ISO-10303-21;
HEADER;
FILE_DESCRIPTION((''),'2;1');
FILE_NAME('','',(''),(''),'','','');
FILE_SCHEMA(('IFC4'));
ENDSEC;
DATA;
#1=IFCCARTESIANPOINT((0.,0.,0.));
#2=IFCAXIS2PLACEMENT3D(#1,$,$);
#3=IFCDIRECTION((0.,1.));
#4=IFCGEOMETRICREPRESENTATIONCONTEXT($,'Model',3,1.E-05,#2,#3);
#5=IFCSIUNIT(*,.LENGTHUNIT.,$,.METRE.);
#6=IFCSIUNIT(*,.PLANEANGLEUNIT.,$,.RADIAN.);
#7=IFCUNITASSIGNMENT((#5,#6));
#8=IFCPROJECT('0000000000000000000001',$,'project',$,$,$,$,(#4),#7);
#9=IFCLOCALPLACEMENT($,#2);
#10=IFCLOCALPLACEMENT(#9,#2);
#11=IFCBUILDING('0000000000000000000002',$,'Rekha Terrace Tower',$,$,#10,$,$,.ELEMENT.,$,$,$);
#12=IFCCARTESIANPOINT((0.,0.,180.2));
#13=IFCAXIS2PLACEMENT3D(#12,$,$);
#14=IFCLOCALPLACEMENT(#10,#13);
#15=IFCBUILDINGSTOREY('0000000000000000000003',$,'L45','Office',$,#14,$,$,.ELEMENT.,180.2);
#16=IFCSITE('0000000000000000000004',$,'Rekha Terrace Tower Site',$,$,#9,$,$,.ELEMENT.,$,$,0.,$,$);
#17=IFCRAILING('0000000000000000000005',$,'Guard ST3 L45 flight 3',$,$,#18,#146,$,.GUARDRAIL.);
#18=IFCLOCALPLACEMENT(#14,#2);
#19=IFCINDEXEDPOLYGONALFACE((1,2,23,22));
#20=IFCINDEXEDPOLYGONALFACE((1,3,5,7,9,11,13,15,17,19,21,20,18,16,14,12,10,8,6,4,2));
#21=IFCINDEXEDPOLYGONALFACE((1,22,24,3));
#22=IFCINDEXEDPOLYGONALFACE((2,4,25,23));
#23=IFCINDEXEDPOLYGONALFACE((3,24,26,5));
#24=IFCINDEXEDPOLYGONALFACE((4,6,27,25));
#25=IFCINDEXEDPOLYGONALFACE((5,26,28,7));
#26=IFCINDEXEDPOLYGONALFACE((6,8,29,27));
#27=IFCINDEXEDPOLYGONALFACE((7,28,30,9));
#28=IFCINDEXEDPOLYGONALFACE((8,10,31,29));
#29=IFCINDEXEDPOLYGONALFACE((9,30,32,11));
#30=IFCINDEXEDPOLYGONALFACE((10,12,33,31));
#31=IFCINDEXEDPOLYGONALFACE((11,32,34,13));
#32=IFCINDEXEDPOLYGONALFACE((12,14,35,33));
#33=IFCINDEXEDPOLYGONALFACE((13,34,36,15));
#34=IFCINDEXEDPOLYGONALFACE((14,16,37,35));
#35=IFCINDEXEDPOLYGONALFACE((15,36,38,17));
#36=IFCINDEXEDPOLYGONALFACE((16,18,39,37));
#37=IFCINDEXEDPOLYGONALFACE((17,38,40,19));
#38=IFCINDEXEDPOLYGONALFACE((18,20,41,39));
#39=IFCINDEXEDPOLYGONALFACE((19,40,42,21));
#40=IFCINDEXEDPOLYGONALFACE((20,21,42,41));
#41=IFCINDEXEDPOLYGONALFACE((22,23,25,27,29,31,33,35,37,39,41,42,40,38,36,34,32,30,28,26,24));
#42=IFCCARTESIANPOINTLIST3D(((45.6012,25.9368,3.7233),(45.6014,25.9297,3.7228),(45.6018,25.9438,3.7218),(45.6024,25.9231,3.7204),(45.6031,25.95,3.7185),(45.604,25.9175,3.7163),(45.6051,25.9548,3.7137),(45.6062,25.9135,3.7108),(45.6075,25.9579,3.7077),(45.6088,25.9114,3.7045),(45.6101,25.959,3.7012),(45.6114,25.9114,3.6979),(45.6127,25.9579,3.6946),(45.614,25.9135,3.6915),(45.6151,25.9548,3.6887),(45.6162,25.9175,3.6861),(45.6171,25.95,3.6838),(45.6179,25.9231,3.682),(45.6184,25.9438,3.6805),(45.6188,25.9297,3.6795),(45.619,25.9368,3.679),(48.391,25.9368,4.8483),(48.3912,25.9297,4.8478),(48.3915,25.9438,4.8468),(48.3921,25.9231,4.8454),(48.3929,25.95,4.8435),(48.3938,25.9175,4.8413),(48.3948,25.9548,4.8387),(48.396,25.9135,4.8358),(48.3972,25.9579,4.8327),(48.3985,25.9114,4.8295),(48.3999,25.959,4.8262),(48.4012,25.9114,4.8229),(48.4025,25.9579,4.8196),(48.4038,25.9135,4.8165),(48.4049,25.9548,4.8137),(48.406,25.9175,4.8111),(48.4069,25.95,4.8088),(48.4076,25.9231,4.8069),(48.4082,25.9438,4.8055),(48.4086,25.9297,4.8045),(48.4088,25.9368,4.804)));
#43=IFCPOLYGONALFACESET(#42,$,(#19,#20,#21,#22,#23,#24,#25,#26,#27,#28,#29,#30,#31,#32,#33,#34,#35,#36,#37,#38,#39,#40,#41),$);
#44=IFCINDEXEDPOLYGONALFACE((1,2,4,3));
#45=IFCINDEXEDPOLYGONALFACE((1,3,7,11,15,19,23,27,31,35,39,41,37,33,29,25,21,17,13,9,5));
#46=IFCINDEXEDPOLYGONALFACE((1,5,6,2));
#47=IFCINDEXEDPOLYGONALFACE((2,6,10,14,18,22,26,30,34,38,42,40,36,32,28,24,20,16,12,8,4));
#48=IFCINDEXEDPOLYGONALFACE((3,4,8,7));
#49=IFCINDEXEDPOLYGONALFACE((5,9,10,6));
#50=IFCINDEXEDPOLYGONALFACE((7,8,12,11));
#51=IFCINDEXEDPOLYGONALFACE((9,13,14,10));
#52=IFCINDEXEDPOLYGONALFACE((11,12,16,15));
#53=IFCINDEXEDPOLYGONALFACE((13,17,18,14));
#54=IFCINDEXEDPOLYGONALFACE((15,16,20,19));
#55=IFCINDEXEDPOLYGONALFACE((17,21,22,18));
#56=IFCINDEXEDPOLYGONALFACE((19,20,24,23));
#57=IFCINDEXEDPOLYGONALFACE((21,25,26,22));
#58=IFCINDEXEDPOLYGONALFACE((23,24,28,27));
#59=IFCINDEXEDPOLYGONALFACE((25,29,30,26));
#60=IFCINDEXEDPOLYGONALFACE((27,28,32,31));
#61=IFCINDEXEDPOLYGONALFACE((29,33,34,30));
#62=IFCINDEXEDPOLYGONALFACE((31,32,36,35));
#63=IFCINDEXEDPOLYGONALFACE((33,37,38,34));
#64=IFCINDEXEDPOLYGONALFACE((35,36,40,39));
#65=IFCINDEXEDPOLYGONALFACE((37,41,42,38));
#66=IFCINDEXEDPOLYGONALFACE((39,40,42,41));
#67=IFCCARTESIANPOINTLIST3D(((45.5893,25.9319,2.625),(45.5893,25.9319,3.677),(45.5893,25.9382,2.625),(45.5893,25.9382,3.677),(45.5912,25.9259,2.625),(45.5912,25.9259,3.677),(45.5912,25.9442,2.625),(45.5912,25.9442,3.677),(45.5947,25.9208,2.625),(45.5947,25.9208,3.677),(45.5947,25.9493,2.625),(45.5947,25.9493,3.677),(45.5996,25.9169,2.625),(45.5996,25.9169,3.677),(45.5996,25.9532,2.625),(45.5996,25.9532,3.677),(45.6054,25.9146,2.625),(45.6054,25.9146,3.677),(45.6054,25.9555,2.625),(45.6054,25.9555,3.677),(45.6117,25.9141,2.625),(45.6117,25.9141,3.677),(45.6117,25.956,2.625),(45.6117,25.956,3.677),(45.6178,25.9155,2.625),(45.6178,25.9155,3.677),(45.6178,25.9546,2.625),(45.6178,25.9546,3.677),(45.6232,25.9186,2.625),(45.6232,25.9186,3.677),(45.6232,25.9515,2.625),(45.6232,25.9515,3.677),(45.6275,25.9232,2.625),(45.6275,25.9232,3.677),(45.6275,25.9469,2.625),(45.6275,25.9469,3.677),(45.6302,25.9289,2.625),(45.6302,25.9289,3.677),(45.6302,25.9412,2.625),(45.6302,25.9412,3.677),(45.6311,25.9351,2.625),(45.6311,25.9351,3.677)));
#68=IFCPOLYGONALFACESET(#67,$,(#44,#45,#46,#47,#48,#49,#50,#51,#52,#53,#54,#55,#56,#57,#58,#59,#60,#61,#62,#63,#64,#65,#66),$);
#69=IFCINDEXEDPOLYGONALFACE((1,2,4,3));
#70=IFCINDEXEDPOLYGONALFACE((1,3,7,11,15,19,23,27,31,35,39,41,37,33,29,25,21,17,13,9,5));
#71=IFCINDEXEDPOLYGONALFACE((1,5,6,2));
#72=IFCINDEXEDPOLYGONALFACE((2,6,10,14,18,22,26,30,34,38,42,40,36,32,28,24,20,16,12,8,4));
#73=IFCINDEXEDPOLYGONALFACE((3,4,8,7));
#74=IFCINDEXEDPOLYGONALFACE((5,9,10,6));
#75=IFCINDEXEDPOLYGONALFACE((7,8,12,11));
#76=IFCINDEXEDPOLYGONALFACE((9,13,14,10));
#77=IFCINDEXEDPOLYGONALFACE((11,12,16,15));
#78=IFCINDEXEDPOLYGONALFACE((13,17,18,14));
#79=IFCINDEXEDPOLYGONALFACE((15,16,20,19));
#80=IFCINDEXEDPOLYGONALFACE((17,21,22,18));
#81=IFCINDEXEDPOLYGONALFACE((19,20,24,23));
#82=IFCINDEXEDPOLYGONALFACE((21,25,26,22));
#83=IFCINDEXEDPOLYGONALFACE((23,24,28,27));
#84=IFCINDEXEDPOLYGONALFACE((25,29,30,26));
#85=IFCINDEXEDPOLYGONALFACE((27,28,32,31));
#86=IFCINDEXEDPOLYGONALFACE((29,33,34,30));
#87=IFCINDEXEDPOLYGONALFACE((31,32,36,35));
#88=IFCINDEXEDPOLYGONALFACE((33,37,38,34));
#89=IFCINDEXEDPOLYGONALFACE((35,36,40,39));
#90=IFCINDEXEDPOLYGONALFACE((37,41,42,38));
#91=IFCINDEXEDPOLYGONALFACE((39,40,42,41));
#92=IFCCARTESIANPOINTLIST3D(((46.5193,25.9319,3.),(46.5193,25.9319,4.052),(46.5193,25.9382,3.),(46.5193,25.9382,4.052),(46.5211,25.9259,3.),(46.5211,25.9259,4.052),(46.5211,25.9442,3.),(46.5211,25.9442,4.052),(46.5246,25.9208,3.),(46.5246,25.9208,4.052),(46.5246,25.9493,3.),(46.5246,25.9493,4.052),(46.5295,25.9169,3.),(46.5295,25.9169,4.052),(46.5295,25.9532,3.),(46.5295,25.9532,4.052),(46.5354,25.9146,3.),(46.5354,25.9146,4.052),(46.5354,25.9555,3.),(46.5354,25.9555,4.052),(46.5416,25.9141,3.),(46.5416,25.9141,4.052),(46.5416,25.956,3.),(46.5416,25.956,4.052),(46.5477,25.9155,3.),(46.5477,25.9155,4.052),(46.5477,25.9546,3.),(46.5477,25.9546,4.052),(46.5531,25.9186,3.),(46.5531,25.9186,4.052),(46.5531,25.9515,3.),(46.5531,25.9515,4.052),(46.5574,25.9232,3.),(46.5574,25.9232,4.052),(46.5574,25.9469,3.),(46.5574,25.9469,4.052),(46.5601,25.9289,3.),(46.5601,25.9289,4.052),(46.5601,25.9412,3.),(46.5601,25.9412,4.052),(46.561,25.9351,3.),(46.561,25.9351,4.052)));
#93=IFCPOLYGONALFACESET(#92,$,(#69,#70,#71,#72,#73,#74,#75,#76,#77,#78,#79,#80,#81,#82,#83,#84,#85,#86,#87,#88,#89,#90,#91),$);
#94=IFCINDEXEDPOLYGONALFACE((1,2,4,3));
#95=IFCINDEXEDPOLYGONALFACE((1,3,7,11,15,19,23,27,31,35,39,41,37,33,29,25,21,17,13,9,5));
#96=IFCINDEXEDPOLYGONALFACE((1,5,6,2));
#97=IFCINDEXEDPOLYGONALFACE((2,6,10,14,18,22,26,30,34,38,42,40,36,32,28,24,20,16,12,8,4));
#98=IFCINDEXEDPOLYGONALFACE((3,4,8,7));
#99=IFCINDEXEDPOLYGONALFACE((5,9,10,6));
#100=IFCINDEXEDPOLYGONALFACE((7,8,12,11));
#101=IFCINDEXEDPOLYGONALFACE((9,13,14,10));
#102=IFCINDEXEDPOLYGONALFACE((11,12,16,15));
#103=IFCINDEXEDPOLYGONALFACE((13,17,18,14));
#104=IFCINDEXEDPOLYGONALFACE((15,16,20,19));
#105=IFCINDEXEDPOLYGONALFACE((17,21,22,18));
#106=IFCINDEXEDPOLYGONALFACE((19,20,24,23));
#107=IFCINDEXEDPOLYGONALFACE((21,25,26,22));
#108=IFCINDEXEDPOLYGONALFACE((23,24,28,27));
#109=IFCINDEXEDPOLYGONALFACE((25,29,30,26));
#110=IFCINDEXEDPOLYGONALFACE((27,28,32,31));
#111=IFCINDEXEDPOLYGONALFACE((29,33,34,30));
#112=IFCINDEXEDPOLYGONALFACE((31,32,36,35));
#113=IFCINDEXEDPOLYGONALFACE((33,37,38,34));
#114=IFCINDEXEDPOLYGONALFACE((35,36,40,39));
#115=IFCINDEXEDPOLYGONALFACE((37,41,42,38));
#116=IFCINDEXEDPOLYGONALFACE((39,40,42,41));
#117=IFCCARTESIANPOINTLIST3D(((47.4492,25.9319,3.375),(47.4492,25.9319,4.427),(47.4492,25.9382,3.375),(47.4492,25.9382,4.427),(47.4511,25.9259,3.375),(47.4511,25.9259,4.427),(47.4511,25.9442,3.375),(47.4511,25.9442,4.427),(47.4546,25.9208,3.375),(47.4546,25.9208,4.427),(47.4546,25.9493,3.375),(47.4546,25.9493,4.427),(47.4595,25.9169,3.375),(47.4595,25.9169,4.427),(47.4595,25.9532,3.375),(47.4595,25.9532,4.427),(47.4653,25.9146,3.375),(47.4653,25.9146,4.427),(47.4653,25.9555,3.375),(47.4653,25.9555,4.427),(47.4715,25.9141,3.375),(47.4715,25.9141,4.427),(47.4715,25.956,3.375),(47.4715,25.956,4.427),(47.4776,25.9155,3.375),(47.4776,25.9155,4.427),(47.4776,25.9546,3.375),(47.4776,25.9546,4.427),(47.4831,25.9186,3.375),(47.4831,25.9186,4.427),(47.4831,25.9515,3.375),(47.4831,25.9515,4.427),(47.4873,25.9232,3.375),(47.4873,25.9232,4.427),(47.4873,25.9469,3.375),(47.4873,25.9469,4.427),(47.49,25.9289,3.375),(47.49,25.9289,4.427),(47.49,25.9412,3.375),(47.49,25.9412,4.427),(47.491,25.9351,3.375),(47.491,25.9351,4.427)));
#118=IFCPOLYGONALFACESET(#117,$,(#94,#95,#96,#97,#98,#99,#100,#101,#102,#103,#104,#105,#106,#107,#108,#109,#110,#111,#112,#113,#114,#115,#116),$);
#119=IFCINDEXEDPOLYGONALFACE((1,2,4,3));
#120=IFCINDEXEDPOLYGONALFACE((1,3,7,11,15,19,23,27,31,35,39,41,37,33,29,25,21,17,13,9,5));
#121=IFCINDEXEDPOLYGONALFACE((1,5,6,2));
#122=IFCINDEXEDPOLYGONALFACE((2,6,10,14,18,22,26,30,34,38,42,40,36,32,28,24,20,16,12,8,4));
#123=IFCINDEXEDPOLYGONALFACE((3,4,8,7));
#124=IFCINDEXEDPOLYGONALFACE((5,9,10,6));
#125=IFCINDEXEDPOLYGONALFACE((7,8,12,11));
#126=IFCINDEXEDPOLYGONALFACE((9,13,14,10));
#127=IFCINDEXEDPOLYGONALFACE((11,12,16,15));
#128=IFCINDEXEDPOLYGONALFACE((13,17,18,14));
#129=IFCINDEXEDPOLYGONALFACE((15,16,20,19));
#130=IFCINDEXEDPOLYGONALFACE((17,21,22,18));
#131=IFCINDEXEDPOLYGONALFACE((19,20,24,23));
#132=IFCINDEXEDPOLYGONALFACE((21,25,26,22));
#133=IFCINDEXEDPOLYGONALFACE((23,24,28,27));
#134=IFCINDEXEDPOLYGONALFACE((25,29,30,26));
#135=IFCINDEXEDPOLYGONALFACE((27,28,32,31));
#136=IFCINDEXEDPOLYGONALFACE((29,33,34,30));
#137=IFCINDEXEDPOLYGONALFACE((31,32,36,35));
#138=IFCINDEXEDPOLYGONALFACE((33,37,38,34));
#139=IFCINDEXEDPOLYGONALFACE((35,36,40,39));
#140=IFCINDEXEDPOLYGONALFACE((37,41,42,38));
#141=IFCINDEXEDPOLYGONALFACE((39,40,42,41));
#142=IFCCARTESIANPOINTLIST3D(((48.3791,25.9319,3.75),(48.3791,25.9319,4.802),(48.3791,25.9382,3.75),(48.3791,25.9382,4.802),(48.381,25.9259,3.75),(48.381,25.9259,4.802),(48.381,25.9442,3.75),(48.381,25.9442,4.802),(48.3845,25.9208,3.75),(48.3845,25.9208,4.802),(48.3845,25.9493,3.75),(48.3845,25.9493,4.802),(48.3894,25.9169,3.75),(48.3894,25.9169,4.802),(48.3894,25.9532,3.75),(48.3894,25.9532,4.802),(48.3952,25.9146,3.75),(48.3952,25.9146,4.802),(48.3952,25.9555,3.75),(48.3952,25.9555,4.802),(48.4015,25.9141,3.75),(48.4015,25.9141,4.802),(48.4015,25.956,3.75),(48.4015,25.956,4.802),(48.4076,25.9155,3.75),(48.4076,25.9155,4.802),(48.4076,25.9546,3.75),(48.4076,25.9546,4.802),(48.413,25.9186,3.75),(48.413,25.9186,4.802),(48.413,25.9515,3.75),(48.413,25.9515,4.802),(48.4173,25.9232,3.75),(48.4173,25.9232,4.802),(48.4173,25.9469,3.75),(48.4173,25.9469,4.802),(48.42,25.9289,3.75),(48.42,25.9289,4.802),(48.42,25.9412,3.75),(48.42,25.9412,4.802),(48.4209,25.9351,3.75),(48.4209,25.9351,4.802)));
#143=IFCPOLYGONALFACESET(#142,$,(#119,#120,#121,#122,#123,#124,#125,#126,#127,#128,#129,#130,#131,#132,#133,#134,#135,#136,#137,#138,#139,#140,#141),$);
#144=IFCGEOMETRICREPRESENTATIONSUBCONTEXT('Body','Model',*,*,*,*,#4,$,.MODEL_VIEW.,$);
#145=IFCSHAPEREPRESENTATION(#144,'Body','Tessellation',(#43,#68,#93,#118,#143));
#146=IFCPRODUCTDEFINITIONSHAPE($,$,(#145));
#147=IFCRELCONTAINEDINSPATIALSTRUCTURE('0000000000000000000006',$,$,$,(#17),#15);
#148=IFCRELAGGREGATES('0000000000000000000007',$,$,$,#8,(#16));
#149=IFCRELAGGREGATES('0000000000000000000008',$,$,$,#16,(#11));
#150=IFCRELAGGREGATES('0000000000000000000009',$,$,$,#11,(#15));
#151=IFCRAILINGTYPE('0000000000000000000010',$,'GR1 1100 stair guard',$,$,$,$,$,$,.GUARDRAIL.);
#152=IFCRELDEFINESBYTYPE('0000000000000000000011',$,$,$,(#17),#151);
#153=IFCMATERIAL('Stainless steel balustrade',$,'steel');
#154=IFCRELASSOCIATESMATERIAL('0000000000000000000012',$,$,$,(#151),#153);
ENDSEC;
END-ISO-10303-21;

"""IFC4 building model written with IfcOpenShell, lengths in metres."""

from ifc_helpers import new_model, si_unit, direction, frame, origin, origin_2d, place, context, subcontext, project, spatial, circle, extrude, material, type_object, element, save


model = new_model("IFC4")

# Units and contexts
model_context = context("Model", 3, precision=1e-05, world=origin(), true_north=direction((0.0, 1.0)))
body_context = subcontext(model_context, "Body", "Model", "MODEL_VIEW")
ifc_project = project(units=[si_unit("LENGTHUNIT", "METRE"), si_unit("PLANEANGLEUNIT", "RADIAN")], contexts=[model_context])

# Site, building, storey
site_placement = place(None, origin())
site = spatial("IfcSite", under=ifc_project, at=site_placement, Name="Rekha Terrace Tower Site", CompositionType="ELEMENT", RefElevation=0.0)
building_placement = place(site_placement, origin())
building = spatial("IfcBuilding", under=site, at=building_placement, Name="Rekha Terrace Tower", CompositionType="ELEMENT")
storey_placement = place(building_placement, frame((0.0, 0.0, 180.2)))
storey = spatial("IfcBuildingStorey", under=building, at=storey_placement, Name="L45", Description="Office", CompositionType="ELEMENT", Elevation=180.2)

# Railing
ifc_material_1 = material(Name="Stainless steel balustrade", Category="steel")
railing_type_1 = type_object("IfcRailingType", Name="GR1 1100 stair guard", PredefinedType="GUARDRAIL", material=ifc_material_1)
railing_1_placement = place(storey_placement, frame((45.6101, 25.9351, 2.625)))
element("IfcRailing", 1, at=railing_1_placement, inside=storey, type_object=railing_type_1, Name="Guard ST3 L45 flight 3", PredefinedType="GUARDRAIL", context=body_context, shape_type="SweptSolid", body=[
    extrude(circle(Radius=0.0239, at=origin_2d()), frame((0.0, 0.0, 1.0762), z_axis=(0.927432, 0.0, 0.373992), x_axis=(0.0, 1.0, 0.0)), (0.0, 0.0, 1.0), 3.0081),
    extrude(circle(Radius=0.021, at=origin_2d()), origin(), (0.0, 0.0, 1.0), 1.052),
    extrude(circle(Radius=0.021, at=origin_2d()), frame((0.9299, 0.0, 0.375)), (0.0, 0.0, 1.0), 1.052),
    extrude(circle(Radius=0.021, at=origin_2d()), frame((1.8599, 0.0, 0.75)), (0.0, 0.0, 1.0), 1.052),
    extrude(circle(Radius=0.021, at=origin_2d()), frame((2.7898, 0.0, 1.125)), (0.0, 0.0, 1.0), 1.052),
])

save(model, "model.ifc")
